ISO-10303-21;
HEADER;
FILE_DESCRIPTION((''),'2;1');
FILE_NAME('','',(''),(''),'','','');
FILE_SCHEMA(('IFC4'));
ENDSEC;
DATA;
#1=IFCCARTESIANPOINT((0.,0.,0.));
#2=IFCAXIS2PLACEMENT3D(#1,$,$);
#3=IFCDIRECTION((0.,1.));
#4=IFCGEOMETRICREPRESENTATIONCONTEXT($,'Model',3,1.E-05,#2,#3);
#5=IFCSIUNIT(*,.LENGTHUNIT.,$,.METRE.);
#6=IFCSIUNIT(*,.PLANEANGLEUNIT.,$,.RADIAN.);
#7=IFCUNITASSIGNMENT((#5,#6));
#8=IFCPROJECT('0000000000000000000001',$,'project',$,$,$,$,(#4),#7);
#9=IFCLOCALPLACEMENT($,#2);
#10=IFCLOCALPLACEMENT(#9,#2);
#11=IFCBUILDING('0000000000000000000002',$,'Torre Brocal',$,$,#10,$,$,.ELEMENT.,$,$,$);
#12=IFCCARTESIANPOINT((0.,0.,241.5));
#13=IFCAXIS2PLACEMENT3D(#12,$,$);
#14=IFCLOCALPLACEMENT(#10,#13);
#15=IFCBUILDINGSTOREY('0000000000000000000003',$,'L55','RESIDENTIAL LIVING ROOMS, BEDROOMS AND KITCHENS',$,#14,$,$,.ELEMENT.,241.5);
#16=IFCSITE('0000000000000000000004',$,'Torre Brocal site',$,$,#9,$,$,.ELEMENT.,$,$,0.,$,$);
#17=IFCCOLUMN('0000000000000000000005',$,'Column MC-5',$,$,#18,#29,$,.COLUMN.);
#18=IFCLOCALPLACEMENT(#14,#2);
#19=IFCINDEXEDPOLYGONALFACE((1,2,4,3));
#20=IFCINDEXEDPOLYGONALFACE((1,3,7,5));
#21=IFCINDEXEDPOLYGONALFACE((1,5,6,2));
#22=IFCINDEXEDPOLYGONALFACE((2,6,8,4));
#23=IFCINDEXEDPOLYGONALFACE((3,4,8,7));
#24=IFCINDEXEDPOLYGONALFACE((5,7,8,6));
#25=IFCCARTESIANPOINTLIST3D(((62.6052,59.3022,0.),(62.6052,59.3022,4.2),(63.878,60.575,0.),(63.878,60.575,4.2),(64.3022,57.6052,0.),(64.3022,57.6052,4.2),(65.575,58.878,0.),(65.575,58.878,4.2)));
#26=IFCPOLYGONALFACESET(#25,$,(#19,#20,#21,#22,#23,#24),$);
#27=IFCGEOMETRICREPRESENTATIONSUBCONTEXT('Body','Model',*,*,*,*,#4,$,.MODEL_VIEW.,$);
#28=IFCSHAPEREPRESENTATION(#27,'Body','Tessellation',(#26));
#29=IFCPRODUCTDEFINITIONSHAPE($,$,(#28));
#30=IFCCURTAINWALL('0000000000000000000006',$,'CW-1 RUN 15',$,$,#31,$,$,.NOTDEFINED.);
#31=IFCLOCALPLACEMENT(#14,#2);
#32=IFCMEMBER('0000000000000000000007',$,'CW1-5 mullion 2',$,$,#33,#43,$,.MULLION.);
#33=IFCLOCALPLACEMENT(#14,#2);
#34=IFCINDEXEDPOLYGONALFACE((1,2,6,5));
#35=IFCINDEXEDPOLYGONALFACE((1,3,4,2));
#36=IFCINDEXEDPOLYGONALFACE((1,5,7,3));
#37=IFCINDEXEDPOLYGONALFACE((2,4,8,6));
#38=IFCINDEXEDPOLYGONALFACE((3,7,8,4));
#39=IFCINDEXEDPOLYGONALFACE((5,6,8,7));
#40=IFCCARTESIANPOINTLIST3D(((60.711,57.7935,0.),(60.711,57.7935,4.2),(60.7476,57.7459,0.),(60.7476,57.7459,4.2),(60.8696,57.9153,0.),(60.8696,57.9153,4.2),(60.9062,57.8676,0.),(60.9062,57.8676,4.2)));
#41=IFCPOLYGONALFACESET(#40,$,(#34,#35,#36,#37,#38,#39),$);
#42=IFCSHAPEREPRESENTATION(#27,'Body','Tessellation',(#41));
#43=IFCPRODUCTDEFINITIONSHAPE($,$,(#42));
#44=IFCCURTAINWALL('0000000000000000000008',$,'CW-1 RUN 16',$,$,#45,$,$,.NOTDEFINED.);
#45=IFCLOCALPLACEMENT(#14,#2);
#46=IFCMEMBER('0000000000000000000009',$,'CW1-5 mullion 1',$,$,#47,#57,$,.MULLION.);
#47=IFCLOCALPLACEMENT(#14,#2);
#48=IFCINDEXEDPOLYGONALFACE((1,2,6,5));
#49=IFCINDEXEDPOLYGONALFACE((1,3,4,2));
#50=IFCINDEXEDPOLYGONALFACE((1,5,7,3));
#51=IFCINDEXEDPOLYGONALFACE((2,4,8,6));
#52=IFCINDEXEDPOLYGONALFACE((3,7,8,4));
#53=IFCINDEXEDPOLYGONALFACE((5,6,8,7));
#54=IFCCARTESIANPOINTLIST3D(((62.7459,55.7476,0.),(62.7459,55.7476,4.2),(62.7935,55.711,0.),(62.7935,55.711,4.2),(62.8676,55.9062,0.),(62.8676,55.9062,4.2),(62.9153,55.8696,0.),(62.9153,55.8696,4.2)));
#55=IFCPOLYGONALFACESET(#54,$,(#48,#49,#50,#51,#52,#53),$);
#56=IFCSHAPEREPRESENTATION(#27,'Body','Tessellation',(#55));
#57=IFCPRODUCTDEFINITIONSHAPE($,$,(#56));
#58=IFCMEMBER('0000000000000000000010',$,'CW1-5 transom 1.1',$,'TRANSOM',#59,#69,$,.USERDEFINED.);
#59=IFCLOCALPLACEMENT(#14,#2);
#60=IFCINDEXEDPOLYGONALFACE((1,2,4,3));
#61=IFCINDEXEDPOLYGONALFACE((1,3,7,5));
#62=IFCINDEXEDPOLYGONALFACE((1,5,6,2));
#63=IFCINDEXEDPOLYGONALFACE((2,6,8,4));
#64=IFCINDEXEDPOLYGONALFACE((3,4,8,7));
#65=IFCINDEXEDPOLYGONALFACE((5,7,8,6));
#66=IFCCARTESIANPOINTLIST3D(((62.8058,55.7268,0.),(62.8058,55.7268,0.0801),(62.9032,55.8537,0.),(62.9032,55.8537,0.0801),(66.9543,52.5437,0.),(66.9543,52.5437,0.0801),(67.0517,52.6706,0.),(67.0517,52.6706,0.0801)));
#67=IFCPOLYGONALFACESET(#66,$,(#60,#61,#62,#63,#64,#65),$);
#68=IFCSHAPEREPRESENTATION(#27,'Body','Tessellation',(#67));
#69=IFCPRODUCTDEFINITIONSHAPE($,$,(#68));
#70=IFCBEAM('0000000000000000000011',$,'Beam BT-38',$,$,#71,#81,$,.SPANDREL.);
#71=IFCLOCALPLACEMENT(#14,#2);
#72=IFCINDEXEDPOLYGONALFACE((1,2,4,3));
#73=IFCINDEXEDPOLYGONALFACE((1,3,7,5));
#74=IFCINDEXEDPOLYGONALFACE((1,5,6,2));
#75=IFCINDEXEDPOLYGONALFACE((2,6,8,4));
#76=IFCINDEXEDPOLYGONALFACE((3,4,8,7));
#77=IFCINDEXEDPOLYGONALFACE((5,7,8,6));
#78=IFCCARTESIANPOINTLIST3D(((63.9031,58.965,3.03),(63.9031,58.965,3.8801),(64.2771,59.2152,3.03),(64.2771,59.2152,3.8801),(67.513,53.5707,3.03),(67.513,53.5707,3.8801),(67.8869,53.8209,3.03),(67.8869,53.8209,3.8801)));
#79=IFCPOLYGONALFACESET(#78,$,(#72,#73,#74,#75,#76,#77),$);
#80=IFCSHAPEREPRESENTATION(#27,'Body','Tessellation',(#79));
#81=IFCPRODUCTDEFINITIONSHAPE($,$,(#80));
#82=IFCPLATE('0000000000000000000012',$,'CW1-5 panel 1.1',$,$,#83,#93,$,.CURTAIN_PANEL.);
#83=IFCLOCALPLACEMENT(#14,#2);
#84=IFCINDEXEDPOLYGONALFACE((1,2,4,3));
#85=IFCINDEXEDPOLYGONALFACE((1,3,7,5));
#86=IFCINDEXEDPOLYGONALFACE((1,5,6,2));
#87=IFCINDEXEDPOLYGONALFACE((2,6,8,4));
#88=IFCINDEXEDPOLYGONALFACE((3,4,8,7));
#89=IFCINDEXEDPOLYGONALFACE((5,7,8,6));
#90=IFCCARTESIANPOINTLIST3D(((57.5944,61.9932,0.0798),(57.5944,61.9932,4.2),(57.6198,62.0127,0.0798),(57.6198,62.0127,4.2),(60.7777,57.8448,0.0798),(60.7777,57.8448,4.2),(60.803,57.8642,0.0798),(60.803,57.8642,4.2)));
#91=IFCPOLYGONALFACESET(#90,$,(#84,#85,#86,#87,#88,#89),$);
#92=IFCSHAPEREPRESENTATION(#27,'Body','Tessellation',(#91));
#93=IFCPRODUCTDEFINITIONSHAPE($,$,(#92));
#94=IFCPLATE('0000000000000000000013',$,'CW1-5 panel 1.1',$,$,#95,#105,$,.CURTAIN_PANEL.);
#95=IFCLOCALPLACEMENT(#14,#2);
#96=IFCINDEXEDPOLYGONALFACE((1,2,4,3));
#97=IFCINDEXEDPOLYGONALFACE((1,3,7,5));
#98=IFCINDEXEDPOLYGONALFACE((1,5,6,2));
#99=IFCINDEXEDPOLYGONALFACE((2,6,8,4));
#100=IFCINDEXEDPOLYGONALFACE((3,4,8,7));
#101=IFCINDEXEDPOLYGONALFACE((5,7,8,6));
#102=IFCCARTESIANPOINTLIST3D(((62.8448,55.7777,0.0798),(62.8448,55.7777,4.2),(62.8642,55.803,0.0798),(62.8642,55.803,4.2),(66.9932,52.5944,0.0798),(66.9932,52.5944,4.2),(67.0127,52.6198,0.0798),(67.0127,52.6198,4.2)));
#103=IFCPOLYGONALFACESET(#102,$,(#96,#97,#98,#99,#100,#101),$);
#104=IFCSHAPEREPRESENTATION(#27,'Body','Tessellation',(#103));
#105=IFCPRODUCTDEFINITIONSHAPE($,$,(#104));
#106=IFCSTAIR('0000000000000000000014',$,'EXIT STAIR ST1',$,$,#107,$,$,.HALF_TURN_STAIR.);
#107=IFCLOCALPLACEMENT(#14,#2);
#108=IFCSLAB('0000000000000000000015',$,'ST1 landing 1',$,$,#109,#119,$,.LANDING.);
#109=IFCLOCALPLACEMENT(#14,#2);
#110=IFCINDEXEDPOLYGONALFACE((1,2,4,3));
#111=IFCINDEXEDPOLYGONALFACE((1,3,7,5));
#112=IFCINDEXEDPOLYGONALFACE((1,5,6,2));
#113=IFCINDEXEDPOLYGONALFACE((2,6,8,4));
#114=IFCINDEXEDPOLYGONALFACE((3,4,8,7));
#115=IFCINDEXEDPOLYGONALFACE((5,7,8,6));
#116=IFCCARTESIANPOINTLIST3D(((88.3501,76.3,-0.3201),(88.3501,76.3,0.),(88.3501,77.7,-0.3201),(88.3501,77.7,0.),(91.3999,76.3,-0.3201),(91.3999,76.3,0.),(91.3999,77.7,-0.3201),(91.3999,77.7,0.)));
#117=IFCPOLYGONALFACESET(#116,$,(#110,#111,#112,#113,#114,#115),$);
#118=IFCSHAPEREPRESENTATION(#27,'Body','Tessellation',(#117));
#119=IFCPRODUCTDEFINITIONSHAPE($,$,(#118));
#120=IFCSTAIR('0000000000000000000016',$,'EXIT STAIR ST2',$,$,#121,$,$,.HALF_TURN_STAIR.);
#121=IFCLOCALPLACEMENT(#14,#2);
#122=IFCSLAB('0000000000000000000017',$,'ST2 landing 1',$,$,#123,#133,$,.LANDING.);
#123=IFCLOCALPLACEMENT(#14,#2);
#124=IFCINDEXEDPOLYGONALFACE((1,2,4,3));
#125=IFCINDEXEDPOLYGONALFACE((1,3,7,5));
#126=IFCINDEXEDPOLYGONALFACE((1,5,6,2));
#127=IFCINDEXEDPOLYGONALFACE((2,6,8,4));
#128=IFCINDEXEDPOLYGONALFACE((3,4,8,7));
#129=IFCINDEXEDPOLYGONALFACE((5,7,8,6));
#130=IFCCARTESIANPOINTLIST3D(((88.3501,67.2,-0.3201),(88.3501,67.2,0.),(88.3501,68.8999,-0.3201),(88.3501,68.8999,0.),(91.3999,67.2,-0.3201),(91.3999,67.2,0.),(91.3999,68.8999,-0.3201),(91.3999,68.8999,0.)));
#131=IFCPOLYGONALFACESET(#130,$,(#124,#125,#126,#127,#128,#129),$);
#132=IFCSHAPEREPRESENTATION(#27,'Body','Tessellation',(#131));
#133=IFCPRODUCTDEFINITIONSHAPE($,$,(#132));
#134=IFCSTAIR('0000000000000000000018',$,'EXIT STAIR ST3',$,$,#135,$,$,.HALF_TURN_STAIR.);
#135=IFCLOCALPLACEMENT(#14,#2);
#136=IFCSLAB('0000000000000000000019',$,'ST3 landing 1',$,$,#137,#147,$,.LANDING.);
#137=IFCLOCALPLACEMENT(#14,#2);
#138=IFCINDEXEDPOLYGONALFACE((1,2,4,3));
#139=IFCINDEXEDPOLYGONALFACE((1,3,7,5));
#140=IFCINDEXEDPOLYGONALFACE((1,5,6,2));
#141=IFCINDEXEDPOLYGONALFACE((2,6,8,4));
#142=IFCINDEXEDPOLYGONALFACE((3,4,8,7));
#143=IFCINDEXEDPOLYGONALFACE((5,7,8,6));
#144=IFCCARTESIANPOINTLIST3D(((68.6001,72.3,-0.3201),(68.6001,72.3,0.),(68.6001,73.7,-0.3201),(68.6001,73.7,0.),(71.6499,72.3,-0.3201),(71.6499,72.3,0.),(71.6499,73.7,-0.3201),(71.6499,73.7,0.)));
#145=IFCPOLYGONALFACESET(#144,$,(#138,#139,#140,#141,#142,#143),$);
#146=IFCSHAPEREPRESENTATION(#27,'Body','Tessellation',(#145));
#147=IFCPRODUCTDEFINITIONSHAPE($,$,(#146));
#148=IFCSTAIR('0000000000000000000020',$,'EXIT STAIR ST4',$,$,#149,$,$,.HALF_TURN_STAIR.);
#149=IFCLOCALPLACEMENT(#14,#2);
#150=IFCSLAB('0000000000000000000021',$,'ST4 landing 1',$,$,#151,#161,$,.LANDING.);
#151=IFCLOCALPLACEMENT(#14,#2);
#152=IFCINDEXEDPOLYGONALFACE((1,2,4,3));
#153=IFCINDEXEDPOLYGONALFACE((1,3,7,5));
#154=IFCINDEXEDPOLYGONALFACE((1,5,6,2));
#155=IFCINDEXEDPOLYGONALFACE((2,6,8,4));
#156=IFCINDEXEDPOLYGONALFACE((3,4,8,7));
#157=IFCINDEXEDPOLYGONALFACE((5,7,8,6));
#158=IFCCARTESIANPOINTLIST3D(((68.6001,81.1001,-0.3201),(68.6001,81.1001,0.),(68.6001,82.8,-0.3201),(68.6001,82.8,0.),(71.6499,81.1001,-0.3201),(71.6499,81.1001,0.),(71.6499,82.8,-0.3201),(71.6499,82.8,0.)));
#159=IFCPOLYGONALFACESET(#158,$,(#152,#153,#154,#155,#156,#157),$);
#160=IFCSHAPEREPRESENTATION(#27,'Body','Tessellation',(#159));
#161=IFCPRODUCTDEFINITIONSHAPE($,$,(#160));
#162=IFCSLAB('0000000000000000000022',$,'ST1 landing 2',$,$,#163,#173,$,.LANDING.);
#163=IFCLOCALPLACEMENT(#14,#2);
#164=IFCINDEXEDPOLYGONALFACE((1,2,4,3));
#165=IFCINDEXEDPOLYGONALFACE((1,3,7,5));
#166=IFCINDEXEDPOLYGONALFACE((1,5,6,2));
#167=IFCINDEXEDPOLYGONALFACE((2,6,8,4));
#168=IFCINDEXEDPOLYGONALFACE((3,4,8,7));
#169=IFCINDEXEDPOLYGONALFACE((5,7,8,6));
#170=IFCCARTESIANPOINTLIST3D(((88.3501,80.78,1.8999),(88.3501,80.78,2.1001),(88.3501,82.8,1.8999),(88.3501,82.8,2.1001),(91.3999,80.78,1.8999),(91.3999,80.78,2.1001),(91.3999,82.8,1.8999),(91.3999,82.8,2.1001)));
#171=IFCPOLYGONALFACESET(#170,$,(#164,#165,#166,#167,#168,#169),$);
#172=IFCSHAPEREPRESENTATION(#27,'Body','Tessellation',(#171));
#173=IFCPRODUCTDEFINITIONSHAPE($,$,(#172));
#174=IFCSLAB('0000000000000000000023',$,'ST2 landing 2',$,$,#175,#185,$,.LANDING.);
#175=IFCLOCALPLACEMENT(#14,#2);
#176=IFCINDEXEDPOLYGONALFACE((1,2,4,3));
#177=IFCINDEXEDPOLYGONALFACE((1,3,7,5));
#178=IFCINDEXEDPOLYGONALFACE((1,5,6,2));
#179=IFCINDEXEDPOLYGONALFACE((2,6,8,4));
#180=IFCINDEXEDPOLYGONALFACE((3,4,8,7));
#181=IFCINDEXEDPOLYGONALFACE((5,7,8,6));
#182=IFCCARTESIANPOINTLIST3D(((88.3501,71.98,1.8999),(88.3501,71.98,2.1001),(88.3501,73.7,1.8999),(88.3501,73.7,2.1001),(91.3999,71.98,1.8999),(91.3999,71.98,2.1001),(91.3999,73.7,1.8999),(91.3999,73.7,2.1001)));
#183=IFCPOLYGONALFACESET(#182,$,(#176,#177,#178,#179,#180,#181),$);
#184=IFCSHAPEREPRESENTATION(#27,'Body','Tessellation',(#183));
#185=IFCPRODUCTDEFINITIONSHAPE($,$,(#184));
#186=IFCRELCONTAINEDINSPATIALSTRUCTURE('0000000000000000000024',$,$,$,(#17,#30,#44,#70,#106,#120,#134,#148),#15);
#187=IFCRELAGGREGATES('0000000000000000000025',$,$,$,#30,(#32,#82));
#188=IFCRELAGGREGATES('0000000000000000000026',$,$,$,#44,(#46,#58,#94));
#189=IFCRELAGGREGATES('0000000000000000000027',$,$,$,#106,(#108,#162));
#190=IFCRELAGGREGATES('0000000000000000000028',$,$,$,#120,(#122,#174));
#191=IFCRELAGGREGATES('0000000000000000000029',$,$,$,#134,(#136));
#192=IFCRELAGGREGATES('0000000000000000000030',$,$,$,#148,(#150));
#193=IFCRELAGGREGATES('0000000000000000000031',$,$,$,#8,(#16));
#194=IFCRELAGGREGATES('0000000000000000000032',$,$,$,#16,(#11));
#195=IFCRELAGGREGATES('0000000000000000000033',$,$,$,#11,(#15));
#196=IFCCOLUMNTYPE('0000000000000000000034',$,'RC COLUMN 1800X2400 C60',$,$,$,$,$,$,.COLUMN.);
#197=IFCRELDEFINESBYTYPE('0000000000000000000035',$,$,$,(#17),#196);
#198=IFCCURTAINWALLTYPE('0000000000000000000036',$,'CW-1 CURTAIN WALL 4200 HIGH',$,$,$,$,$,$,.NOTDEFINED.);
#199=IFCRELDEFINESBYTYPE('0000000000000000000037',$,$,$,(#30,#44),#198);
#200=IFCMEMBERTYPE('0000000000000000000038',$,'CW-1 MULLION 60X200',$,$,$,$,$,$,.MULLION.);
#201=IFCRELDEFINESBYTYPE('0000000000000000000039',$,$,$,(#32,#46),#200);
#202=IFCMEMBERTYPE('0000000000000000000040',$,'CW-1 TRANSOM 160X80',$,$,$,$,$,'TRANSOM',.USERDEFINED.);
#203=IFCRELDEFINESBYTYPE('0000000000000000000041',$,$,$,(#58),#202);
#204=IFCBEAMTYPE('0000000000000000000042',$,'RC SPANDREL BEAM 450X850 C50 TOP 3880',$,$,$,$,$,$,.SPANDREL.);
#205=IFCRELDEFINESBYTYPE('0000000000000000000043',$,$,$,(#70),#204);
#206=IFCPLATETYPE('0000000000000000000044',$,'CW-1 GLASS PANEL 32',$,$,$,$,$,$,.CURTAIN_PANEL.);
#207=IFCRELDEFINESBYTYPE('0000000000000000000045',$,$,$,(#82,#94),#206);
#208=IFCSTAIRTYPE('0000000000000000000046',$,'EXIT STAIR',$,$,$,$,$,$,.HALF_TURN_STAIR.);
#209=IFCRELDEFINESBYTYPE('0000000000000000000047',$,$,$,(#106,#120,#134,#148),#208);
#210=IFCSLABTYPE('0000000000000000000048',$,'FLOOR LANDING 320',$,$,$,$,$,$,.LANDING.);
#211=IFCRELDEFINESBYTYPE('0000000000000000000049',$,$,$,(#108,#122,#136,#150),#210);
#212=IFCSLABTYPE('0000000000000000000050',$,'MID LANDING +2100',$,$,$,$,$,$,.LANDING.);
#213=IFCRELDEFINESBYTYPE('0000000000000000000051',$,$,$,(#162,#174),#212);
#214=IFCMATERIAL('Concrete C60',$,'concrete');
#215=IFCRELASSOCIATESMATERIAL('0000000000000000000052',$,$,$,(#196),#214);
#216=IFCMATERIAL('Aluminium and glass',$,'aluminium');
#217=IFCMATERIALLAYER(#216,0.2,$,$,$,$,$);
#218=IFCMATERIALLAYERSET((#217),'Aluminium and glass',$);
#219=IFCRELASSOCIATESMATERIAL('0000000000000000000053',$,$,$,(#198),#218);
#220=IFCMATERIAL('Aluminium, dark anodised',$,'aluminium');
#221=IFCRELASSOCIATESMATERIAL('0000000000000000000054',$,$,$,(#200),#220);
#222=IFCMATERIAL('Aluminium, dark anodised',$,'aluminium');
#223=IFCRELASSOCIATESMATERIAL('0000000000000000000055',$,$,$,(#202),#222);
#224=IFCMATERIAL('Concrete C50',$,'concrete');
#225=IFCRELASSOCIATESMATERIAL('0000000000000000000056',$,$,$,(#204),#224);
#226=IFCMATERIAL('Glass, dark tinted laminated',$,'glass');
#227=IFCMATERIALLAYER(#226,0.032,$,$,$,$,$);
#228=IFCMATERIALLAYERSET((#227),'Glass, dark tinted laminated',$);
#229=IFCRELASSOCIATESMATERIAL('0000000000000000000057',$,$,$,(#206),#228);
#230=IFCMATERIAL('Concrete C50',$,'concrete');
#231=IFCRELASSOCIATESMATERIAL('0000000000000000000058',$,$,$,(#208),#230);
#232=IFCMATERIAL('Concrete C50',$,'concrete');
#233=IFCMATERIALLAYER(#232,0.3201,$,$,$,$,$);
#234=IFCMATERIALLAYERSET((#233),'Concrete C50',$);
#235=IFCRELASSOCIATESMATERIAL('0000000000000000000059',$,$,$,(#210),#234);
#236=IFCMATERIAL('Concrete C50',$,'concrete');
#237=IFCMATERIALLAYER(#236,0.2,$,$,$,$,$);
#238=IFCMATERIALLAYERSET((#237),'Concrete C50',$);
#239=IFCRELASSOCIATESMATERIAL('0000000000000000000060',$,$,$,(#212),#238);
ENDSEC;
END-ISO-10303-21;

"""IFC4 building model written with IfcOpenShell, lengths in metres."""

from ifc_helpers import new_model, si_unit, direction, frame, origin, origin_2d, place, context, subcontext, project, spatial, polyline, rectangle, outline, extrude, material, layer, layer_set, material_profile, profile_set, type_object, element, aggregate, save


model = new_model("IFC4")

# Units and contexts
model_context = context("Model", 3, precision=1e-05, world=origin(), true_north=direction((0.0, 1.0)))
body_context = subcontext(model_context, "Body", "Model", "MODEL_VIEW")
ifc_project = project(units=[si_unit("LENGTHUNIT", "METRE"), si_unit("PLANEANGLEUNIT", "RADIAN")], contexts=[model_context])

# Site, building, storey
site_placement = place(None, origin())
site = spatial("IfcSite", under=ifc_project, at=site_placement, Name="Torre Brocal site", CompositionType="ELEMENT", RefElevation=0.0)
building_placement = place(site_placement, origin())
building = spatial("IfcBuilding", under=site, at=building_placement, Name="Torre Brocal", CompositionType="ELEMENT")
storey_placement = place(building_placement, frame((0.0, 0.0, 241.5)))
storey = spatial("IfcBuildingStorey", under=building, at=storey_placement, Name="L55", Description="RESIDENTIAL LIVING ROOMS, BEDROOMS AND KITCHENS", CompositionType="ELEMENT", Elevation=241.5)

# Column
ifc_material_1 = material(Name="Concrete C60", Category="concrete")
ifc_material_profile_1 = material_profile(ifc_material_1, rectangle(XDim=1.8, YDim=2.3999, at=origin_2d()), Name="RC 1800X2400")
ifc_profile_set_1 = profile_set([ifc_material_profile_1], Name="Concrete C60")
column_type = type_object("IfcColumnType", Name="RC COLUMN 1800X2400 C60", PredefinedType="COLUMN", material=ifc_profile_set_1)
column_placement = place(storey_placement, frame((64.0901, 59.0901, 0.0), z_axis=(0.0, 0.0, 1.0), x_axis=(-0.707107, -0.707107, 0.0)))
element("IfcColumn", 1, at=column_placement, inside=storey, type_object=column_type, Name="Column MC-5", PredefinedType="COLUMN", context=body_context, shape_type="SweptSolid", body=[
    extrude(rectangle(XDim=1.8, YDim=2.3999, at=origin_2d()), origin(), (0.0, 0.0, 1.0), 4.2),
])

# Curtain wall, member
ifc_material_2 = material(Name="Aluminium and glass", Category="aluminium")
ifc_layer_1 = layer(ifc_material_2, 0.2)
ifc_layer_set_1 = layer_set([ifc_layer_1], Name="Aluminium and glass")
curtain_wall_type = type_object("IfcCurtainWallType", Name="CW-1 CURTAIN WALL 4200 HIGH", PredefinedType="NOTDEFINED", material=ifc_layer_set_1)
curtain_wall_1_placement = place(storey_placement, origin())
curtain_wall_1 = element("IfcCurtainWall", 2, at=curtain_wall_1_placement, inside=storey, type_object=curtain_wall_type, Name="CW-1 RUN 15", PredefinedType="NOTDEFINED")
ifc_material_3 = material(Name="Aluminium, dark anodised", Category="aluminium")
ifc_material_profile_2 = material_profile(ifc_material_3, rectangle(XDim=0.2, YDim=0.0601, at=origin_2d()), Name="CW-1 MULLION 60X200")
ifc_profile_set_2 = profile_set([ifc_material_profile_2], Name="Aluminium, dark anodised")
member_type_1 = type_object("IfcMemberType", Name="CW-1 MULLION 60X200", PredefinedType="MULLION", material=ifc_profile_set_2)
member_1_placement = place(storey_placement, frame((60.8086, 57.8306, 0.0), z_axis=(0.0, 0.0, 1.0), x_axis=(0.793353, 0.608761, 0.0)))
member_1 = element("IfcMember", 3, at=member_1_placement, type_object=member_type_1, Name="CW1-5 mullion 2", PredefinedType="MULLION", context=body_context, shape_type="SweptSolid", body=[
    extrude(rectangle(XDim=0.2, YDim=0.0601, at=origin_2d()), origin(), (0.0, 0.0, 1.0), 4.2),
])

# Curtain wall, members
curtain_wall_2_placement = place(storey_placement, origin())
curtain_wall_2 = element("IfcCurtainWall", 4, at=curtain_wall_2_placement, inside=storey, type_object=curtain_wall_type, Name="CW-1 RUN 16", PredefinedType="NOTDEFINED")
member_2_placement = place(storey_placement, frame((62.8306, 55.8086, 0.0), z_axis=(0.0, 0.0, 1.0), x_axis=(0.608761, 0.793353, 0.0)))
member_2 = element("IfcMember", 5, at=member_2_placement, type_object=member_type_1, Name="CW1-5 mullion 1", PredefinedType="MULLION", context=body_context, shape_type="SweptSolid", body=[
    extrude(rectangle(XDim=0.2, YDim=0.0601, at=origin_2d()), origin(), (0.0, 0.0, 1.0), 4.2),
])
ifc_material_4 = material(Name="Aluminium, dark anodised", Category="aluminium")
ifc_material_profile_3 = material_profile(ifc_material_4, rectangle(XDim=0.1599, YDim=0.0801, at=origin_2d()), Name="CW-1 TRANSOM 160X80")
ifc_profile_set_3 = profile_set([ifc_material_profile_3], Name="Aluminium, dark anodised")
member_type_2 = type_object("IfcMemberType", Name="CW-1 TRANSOM 160X80", ElementType="TRANSOM", PredefinedType="USERDEFINED", material=ifc_profile_set_3)
member_3_placement = place(storey_placement, frame((62.8545, 55.7903, 0.04), z_axis=(0.793363, -0.608749, 0.0), x_axis=(0.608749, 0.793363, 0.0)))
member_3 = element("IfcMember", 6, at=member_3_placement, type_object=member_type_2, Name="CW1-5 transom 1.1", ObjectType="TRANSOM", PredefinedType="USERDEFINED", context=body_context, shape_type="SweptSolid", body=[
    extrude(rectangle(XDim=0.1599, YDim=0.0801, at=origin_2d()), origin(), (0.0, 0.0, 1.0), 5.229),
])

# Beam
ifc_material_5 = material(Name="Concrete C50", Category="concrete")
ifc_material_profile_4 = material_profile(ifc_material_5, rectangle(XDim=0.45, YDim=0.8501, at=origin_2d()), Name="RC 450X850")
ifc_profile_set_4 = profile_set([ifc_material_profile_4], Name="Concrete C50")
beam_type = type_object("IfcBeamType", Name="RC SPANDREL BEAM 450X850 C50 TOP 3880", PredefinedType="SPANDREL", material=ifc_profile_set_4)
beam_placement = place(storey_placement, frame((64.0901, 59.0901, 3.4551), z_axis=(0.556158, -0.831077, 0.0), x_axis=(0.831077, 0.556158, 0.0)))
element("IfcBeam", 7, at=beam_placement, inside=storey, type_object=beam_type, Name="Beam BT-38", PredefinedType="SPANDREL", context=body_context, shape_type="SweptSolid", body=[
    extrude(rectangle(XDim=0.45, YDim=0.8501, at=origin_2d()), origin(), (0.0, 0.0, 1.0), 6.4907),
])

# Plates
ifc_material_6 = material(Name="Glass, dark tinted laminated", Category="glass")
ifc_layer_2 = layer(ifc_material_6, 0.032)
ifc_layer_set_2 = layer_set([ifc_layer_2], Name="Glass, dark tinted laminated")
plate_type = type_object("IfcPlateType", Name="CW-1 GLASS PANEL 32", PredefinedType="CURTAIN_PANEL", material=ifc_layer_set_2)
plate_1_placement = place(storey_placement, frame((59.1987, 59.9287, 0.0798), z_axis=(0.0, 0.0, 1.0), x_axis=(0.608761, -0.793353, 0.0)))
plate_1 = element("IfcPlate", 8, at=plate_1_placement, type_object=plate_type, Name="CW1-5 panel 1.1", PredefinedType="CURTAIN_PANEL", context=body_context, shape_type="SweptSolid", body=[
    extrude(rectangle(XDim=5.229, YDim=0.032, at=origin_2d()), origin(), (0.0, 0.0, 1.0), 4.1201),
])
aggregate(curtain_wall_1, [member_1, plate_1])
plate_2_placement = place(storey_placement, frame((64.9287, 54.1987, 0.0798), z_axis=(0.0, 0.0, 1.0), x_axis=(0.793353, -0.608761, 0.0)))
plate_2 = element("IfcPlate", 9, at=plate_2_placement, type_object=plate_type, Name="CW1-5 panel 1.1", PredefinedType="CURTAIN_PANEL", context=body_context, shape_type="SweptSolid", body=[
    extrude(rectangle(XDim=5.229, YDim=0.032, at=origin_2d()), origin(), (0.0, 0.0, 1.0), 4.1201),
])
aggregate(curtain_wall_2, [member_2, member_3, plate_2])

# Stairs, slabs
ifc_material_7 = material(Name="Concrete C50", Category="concrete")
stair_type = type_object("IfcStairType", Name="EXIT STAIR", PredefinedType="HALF_TURN_STAIR", material=ifc_material_7)
stair_1_placement = place(storey_placement, origin())
stair_1 = element("IfcStair", 10, at=stair_1_placement, inside=storey, type_object=stair_type, Name="EXIT STAIR ST1", PredefinedType="HALF_TURN_STAIR")
ifc_material_8 = material(Name="Concrete C50", Category="concrete")
ifc_layer_3 = layer(ifc_material_8, 0.3201)
ifc_layer_set_3 = layer_set([ifc_layer_3], Name="Concrete C50")
slab_type_1 = type_object("IfcSlabType", Name="FLOOR LANDING 320", PredefinedType="LANDING", material=ifc_layer_set_3)
slab_1_placement = place(storey_placement, frame((0.0, 0.0, -0.3201)))
slab_1 = element("IfcSlab", 11, at=slab_1_placement, type_object=slab_type_1, Name="ST1 landing 1", PredefinedType="LANDING", context=body_context, shape_type="SweptSolid", body=[
    extrude(outline(polyline([(88.3501, 76.3), (91.3999, 76.3), (91.3999, 77.7), (88.3501, 77.7), (88.3501, 76.3)])), origin(), (0.0, 0.0, 1.0), 0.3201),
])
stair_2_placement = place(storey_placement, origin())
stair_2 = element("IfcStair", 12, at=stair_2_placement, inside=storey, type_object=stair_type, Name="EXIT STAIR ST2", PredefinedType="HALF_TURN_STAIR")
slab_2_placement = place(storey_placement, frame((0.0, 0.0, -0.3201)))
slab_2 = element("IfcSlab", 13, at=slab_2_placement, type_object=slab_type_1, Name="ST2 landing 1", PredefinedType="LANDING", context=body_context, shape_type="SweptSolid", body=[
    extrude(outline(polyline([(88.3501, 67.2), (91.3999, 67.2), (91.3999, 68.8999), (88.3501, 68.8999), (88.3501, 67.2)])), origin(), (0.0, 0.0, 1.0), 0.3201),
])
stair_3_placement = place(storey_placement, origin())
stair_3 = element("IfcStair", 14, at=stair_3_placement, inside=storey, type_object=stair_type, Name="EXIT STAIR ST3", PredefinedType="HALF_TURN_STAIR")
slab_3_placement = place(storey_placement, frame((0.0, 0.0, -0.3201)))
slab_3 = element("IfcSlab", 15, at=slab_3_placement, type_object=slab_type_1, Name="ST3 landing 1", PredefinedType="LANDING", context=body_context, shape_type="SweptSolid", body=[
    extrude(outline(polyline([(71.6499, 73.7), (68.6001, 73.7), (68.6001, 72.3), (71.6499, 72.3), (71.6499, 73.7)])), origin(), (0.0, 0.0, 1.0), 0.3201),
])
stair_4_placement = place(storey_placement, origin())
stair_4 = element("IfcStair", 16, at=stair_4_placement, inside=storey, type_object=stair_type, Name="EXIT STAIR ST4", PredefinedType="HALF_TURN_STAIR")
slab_4_placement = place(storey_placement, frame((0.0, 0.0, -0.3201)))
slab_4 = element("IfcSlab", 17, at=slab_4_placement, type_object=slab_type_1, Name="ST4 landing 1", PredefinedType="LANDING", context=body_context, shape_type="SweptSolid", body=[
    extrude(outline(polyline([(71.6499, 82.8), (68.6001, 82.8), (68.6001, 81.1001), (71.6499, 81.1001), (71.6499, 82.8)])), origin(), (0.0, 0.0, 1.0), 0.3201),
])

# Slabs
ifc_material_9 = material(Name="Concrete C50", Category="concrete")
ifc_layer_4 = layer(ifc_material_9, 0.2)
ifc_layer_set_4 = layer_set([ifc_layer_4], Name="Concrete C50")
slab_type_2 = type_object("IfcSlabType", Name="MID LANDING +2100", PredefinedType="LANDING", material=ifc_layer_set_4)
slab_5_placement = place(storey_placement, frame((0.0, 0.0, 1.8999)))
slab_5 = element("IfcSlab", 18, at=slab_5_placement, type_object=slab_type_2, Name="ST1 landing 2", PredefinedType="LANDING", context=body_context, shape_type="SweptSolid", body=[
    extrude(outline(polyline([(88.3501, 80.78), (91.3999, 80.78), (91.3999, 82.8), (88.3501, 82.8), (88.3501, 80.78)])), origin(), (0.0, 0.0, 1.0), 0.2002),
])
aggregate(stair_1, [slab_1, slab_5])
slab_6_placement = place(storey_placement, frame((0.0, 0.0, 1.8999)))
slab_6 = element("IfcSlab", 19, at=slab_6_placement, type_object=slab_type_2, Name="ST2 landing 2", PredefinedType="LANDING", context=body_context, shape_type="SweptSolid", body=[
    extrude(outline(polyline([(88.3501, 71.98), (91.3999, 71.98), (91.3999, 73.7), (88.3501, 73.7), (88.3501, 71.98)])), origin(), (0.0, 0.0, 1.0), 0.2002),
])
aggregate(stair_2, [slab_2, slab_6])
aggregate(stair_3, [slab_3])
aggregate(stair_4, [slab_4])

save(model, "model.ifc")
